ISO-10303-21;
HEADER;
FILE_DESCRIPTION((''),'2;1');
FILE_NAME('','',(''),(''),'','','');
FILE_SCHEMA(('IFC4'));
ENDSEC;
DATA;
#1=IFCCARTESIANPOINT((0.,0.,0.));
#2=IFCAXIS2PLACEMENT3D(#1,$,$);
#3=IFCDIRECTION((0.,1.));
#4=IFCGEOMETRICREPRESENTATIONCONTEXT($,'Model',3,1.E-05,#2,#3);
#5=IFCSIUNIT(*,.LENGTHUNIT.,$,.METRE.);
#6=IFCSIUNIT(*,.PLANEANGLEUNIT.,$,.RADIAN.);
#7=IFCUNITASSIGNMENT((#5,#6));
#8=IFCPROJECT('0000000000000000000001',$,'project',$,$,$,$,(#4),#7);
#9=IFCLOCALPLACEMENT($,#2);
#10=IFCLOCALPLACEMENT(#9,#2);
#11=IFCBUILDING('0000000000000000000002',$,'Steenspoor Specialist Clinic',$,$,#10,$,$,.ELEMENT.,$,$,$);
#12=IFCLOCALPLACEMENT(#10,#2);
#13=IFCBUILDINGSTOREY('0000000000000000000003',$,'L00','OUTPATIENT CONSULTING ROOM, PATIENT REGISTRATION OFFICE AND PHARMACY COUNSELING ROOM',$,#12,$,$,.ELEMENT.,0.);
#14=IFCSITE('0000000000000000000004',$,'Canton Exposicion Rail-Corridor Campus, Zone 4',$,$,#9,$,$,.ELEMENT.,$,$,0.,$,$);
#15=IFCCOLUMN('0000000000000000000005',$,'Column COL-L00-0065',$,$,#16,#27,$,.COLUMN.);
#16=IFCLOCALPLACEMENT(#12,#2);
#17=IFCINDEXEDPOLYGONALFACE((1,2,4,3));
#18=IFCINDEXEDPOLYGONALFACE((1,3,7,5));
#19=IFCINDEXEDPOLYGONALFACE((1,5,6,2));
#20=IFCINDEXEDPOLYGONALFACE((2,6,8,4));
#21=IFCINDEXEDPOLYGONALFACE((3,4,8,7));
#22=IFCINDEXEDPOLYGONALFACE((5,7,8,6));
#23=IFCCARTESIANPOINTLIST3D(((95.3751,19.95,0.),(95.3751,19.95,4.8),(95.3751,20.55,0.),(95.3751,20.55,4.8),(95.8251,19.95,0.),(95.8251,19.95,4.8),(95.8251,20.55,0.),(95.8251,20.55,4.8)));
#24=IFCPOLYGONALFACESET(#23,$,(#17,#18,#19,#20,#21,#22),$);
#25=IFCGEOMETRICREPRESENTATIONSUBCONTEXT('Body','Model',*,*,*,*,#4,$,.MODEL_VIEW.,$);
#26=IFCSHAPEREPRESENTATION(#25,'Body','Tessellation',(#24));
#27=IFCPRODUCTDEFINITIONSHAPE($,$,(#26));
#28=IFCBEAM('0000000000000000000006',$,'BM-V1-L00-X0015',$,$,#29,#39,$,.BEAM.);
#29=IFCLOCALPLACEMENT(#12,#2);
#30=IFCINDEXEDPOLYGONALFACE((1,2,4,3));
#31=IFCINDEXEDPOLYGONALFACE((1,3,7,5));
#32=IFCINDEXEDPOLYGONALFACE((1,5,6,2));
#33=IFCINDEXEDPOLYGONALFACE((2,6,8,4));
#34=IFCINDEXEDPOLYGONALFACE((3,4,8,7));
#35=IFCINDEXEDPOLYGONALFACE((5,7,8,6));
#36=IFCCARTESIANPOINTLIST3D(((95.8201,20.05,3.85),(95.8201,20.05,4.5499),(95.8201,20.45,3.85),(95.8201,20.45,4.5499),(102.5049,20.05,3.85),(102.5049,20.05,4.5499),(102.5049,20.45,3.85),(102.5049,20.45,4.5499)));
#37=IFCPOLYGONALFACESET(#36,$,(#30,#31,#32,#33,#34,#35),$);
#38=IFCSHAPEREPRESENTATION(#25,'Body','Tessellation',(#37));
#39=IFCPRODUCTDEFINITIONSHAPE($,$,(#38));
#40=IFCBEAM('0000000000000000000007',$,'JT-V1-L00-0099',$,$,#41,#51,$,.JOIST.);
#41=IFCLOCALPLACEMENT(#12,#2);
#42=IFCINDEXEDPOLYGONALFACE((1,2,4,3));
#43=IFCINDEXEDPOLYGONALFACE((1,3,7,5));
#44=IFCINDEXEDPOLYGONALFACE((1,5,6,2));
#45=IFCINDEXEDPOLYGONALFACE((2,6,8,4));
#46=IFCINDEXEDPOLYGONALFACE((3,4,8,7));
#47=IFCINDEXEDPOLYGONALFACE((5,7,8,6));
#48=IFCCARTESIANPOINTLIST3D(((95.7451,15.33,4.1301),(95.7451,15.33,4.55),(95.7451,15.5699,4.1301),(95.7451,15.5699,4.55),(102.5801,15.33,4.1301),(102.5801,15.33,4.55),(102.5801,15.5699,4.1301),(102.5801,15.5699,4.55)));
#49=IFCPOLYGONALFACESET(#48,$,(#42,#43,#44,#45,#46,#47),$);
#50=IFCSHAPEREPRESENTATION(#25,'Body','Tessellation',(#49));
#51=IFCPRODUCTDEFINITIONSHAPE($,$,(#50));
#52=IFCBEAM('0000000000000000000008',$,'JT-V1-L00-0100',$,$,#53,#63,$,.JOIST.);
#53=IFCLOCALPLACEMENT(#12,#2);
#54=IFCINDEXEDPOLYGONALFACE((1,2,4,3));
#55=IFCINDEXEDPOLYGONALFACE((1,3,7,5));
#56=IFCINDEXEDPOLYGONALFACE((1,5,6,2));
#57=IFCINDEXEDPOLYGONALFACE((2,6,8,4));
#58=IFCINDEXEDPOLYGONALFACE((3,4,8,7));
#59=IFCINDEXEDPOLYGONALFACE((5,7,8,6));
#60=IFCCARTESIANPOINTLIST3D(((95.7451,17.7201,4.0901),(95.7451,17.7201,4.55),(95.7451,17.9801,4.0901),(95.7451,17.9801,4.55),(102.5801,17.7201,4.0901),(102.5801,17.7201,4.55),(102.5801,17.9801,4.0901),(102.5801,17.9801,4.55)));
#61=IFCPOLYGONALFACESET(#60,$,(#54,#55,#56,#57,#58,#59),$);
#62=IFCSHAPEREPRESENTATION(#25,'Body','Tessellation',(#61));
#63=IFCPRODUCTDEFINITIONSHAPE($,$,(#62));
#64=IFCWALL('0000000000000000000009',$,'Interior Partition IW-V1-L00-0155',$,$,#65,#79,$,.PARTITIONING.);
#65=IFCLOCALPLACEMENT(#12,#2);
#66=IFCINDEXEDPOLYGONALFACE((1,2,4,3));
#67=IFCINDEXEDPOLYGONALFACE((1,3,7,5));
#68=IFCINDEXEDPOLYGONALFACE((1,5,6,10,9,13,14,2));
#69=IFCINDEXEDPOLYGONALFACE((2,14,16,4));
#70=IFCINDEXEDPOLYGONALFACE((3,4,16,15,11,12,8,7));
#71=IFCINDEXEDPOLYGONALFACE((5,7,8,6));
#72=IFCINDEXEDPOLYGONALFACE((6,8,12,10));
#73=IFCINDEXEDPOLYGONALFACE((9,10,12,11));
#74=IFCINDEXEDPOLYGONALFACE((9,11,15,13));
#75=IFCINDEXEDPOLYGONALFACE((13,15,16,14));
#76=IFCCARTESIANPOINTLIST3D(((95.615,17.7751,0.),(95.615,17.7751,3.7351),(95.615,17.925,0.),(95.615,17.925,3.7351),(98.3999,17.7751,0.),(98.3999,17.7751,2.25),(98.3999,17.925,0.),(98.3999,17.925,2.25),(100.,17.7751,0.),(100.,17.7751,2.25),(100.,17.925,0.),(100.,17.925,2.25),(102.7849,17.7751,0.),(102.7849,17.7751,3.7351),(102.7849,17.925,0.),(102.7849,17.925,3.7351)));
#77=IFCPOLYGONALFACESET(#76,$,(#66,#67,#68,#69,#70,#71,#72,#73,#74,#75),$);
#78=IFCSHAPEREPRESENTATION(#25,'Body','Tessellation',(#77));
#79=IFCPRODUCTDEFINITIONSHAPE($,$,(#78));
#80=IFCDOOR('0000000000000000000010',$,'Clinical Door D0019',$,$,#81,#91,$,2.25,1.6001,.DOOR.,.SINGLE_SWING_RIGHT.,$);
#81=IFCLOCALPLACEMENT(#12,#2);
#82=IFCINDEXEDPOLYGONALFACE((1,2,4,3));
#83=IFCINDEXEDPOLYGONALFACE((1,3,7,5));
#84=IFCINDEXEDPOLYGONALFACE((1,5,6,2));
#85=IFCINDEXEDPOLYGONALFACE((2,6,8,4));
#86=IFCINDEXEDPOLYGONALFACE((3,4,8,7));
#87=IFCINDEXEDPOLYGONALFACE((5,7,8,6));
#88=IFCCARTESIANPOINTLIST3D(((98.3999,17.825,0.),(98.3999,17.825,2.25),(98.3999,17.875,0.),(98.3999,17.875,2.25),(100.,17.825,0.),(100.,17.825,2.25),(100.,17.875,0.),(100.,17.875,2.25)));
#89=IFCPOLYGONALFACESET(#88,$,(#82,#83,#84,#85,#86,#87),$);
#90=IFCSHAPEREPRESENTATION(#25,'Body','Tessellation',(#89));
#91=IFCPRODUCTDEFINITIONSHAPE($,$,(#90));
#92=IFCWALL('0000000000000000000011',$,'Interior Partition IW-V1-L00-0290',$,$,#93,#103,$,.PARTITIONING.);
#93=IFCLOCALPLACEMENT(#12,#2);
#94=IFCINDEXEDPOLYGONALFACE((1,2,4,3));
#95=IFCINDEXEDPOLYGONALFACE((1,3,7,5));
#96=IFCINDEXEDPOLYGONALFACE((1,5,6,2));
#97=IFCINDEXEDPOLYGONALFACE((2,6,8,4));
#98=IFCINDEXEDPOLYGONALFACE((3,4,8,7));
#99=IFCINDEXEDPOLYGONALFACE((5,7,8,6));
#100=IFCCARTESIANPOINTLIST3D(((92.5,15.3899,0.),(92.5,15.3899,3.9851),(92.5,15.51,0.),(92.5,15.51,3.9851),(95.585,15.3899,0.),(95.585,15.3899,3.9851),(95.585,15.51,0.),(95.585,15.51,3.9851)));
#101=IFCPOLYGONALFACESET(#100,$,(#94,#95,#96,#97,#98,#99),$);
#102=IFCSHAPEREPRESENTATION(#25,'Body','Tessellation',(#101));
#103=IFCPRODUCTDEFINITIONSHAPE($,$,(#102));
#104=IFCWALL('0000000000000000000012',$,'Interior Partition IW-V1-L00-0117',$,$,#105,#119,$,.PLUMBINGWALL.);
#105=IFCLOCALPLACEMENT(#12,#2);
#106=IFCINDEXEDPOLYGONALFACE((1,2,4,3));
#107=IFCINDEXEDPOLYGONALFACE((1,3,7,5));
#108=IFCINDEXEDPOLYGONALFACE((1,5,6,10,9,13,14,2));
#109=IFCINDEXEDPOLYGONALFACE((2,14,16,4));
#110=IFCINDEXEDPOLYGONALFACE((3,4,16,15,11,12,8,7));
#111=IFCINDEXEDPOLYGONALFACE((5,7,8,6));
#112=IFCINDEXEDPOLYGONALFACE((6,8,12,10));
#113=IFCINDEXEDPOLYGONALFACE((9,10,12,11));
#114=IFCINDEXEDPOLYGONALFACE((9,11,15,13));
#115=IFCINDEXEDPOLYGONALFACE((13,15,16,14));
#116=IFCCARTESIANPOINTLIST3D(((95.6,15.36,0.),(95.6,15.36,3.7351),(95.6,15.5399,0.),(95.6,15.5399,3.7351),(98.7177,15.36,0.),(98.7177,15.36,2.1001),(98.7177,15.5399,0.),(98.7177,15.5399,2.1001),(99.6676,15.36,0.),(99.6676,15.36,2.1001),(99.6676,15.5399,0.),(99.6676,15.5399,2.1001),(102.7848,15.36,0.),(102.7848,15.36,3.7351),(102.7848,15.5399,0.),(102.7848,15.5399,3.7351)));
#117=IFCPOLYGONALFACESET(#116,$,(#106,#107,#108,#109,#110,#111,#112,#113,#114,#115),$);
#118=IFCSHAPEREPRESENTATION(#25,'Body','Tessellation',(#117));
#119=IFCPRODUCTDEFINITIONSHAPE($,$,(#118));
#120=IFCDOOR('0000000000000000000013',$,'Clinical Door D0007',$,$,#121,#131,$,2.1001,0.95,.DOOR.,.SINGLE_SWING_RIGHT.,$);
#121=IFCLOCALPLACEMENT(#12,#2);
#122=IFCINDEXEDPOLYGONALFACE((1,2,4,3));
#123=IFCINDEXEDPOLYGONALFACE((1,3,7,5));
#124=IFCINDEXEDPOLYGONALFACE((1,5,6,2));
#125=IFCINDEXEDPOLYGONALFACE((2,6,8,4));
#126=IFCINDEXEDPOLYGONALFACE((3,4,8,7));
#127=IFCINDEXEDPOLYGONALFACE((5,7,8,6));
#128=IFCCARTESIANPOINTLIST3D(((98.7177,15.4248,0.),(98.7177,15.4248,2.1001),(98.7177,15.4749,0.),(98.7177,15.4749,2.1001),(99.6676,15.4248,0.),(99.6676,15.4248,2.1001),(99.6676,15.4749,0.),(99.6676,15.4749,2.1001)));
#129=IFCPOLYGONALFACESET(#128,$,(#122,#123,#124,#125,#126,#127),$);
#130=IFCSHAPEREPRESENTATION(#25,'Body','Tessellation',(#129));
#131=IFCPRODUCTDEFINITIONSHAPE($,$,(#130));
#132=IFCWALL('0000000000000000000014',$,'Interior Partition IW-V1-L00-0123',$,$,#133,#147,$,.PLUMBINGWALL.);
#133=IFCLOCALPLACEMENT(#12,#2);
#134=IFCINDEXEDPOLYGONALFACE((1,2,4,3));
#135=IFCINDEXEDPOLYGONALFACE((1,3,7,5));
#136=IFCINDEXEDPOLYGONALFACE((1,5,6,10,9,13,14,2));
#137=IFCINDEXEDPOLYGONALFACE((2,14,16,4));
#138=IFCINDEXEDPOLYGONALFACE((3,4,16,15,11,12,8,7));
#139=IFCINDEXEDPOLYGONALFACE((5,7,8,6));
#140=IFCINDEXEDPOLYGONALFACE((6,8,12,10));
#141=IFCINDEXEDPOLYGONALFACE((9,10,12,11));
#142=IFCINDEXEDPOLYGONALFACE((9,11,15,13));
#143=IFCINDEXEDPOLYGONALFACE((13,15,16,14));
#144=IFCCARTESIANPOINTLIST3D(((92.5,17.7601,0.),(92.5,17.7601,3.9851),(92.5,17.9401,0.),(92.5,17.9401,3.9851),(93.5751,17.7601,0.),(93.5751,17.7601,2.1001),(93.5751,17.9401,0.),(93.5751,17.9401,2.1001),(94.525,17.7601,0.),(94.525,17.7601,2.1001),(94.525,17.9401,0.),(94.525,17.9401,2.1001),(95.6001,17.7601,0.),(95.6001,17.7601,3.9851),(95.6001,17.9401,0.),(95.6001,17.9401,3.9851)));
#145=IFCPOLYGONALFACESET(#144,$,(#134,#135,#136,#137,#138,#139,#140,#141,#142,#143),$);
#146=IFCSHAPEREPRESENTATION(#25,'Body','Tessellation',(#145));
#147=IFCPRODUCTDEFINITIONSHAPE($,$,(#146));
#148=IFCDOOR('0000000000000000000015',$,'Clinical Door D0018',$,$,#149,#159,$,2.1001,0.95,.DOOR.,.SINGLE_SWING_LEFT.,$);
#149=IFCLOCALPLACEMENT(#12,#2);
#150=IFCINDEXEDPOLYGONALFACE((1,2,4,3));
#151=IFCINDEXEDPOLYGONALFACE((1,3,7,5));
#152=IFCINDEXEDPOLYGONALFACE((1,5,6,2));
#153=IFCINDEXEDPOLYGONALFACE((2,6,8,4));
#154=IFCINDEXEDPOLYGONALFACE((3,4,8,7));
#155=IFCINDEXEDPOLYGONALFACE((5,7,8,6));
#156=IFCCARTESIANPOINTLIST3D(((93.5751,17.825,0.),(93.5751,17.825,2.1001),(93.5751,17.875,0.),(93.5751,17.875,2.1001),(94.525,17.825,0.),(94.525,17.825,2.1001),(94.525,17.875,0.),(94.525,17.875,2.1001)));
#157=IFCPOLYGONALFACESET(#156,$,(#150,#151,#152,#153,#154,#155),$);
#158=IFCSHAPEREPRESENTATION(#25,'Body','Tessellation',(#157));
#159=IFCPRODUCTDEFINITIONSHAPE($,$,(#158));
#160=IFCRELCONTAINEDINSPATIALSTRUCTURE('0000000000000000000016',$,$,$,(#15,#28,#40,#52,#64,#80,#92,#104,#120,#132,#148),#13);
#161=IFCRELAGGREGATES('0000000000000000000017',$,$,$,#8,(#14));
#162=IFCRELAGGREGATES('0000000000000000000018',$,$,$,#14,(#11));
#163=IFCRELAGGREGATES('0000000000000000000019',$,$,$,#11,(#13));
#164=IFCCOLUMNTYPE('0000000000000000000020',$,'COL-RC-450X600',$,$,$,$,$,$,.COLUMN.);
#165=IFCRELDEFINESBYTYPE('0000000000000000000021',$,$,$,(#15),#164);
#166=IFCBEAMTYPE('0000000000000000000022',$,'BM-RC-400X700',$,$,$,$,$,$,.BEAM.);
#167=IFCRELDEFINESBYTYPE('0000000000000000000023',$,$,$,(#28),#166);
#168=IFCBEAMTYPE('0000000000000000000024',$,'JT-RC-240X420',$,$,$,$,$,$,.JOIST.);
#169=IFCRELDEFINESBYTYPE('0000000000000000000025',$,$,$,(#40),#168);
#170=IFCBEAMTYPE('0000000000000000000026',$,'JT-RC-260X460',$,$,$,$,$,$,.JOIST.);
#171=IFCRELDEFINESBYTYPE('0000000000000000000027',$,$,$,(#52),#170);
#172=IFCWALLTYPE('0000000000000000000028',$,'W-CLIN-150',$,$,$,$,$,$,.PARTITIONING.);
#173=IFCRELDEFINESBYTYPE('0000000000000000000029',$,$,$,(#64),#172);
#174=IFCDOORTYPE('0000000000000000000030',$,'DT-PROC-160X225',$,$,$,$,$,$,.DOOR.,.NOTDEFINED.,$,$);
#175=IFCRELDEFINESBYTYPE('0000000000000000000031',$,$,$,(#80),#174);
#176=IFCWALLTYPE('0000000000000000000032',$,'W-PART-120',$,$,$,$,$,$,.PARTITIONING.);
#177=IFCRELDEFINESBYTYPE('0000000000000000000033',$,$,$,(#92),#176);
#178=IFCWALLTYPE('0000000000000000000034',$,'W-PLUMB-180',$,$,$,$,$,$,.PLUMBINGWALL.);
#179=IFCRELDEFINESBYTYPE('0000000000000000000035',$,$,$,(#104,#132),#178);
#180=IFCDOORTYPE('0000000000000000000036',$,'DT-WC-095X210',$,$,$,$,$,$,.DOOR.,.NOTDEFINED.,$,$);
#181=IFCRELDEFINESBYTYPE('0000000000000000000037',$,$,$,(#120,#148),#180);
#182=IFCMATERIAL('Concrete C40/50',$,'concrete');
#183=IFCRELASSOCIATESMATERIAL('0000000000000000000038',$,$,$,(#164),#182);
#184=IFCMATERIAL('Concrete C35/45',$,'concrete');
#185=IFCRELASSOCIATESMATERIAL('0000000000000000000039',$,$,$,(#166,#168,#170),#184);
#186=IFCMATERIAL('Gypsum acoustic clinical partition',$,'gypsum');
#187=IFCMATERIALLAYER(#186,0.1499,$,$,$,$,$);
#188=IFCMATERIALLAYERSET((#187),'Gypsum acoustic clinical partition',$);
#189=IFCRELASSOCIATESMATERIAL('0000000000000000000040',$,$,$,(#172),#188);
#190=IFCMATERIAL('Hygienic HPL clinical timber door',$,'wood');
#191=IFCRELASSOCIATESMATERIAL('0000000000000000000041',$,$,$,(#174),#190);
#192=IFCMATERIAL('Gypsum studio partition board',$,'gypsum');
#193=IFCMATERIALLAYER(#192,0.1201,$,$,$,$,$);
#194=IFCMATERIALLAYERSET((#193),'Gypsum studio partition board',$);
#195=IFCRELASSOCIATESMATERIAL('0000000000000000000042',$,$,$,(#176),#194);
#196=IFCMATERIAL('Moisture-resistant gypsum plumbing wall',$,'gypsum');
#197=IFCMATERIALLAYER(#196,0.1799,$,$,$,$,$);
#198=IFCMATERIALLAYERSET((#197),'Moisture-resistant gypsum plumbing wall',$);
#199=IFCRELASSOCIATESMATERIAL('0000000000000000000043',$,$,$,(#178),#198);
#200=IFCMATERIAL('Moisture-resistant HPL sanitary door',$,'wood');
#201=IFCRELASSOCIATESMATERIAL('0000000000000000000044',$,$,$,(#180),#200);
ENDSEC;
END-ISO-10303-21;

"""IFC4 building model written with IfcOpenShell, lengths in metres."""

from ifc_helpers import new_model, si_unit, direction, frame, frame_2d, origin, origin_2d, place, context, subcontext, project, spatial, rectangle, extrude, material, layer, layer_set, material_profile, profile_set, type_object, element, fill, save


model = new_model("IFC4")

# Units and contexts
model_context = context("Model", 3, precision=1e-05, world=origin(), true_north=direction((0.0, 1.0)))
body_context = subcontext(model_context, "Body", "Model", "MODEL_VIEW")
ifc_project = project(units=[si_unit("LENGTHUNIT", "METRE"), si_unit("PLANEANGLEUNIT", "RADIAN")], contexts=[model_context])

# Site, building, storey
site_placement = place(None, origin())
site = spatial("IfcSite", under=ifc_project, at=site_placement, Name="Canton Exposicion Rail-Corridor Campus, Zone 4", CompositionType="ELEMENT", RefElevation=0.0)
building_placement = place(site_placement, origin())
building = spatial("IfcBuilding", under=site, at=building_placement, Name="Steenspoor Specialist Clinic", CompositionType="ELEMENT")
storey_placement = place(building_placement, origin())
storey = spatial("IfcBuildingStorey", under=building, at=storey_placement, Name="L00", Description="OUTPATIENT CONSULTING ROOM, PATIENT REGISTRATION OFFICE AND PHARMACY COUNSELING ROOM", CompositionType="ELEMENT", Elevation=0.0)

# Shared definitions
ifc_material_1 = material(Name="Concrete C35/45", Category="concrete")

# Column
ifc_material_2 = material(Name="Concrete C40/50", Category="concrete")
ifc_material_profile_1 = material_profile(ifc_material_2, rectangle(XDim=0.45, YDim=0.6001, at=origin_2d()), Name="RC-COL-450X600")
ifc_profile_set_1 = profile_set([ifc_material_profile_1], Name="Concrete C40/50")
column_type = type_object("IfcColumnType", Name="COL-RC-450X600", PredefinedType="COLUMN", material=ifc_profile_set_1)
column_placement = place(storey_placement, frame((95.6001, 20.25, 0.0), z_axis=(0.0, 0.0, 1.0), x_axis=(1.0, 0.0, 0.0)))
element("IfcColumn", 1, at=column_placement, inside=storey, type_object=column_type, Name="Column COL-L00-0065", PredefinedType="COLUMN", context=body_context, shape_type="SweptSolid", body=[
    extrude(rectangle(XDim=0.45, YDim=0.6001, at=origin_2d()), origin(), (0.0, 0.0, 1.0), 4.8),
])

# Beams
ifc_material_profile_2 = material_profile(ifc_material_1, rectangle(XDim=0.3999, YDim=0.7, at=origin_2d()), Name="RC-BM-400X700")
ifc_profile_set_2 = profile_set([ifc_material_profile_2], Name="Concrete C35/45")
beam_type_1 = type_object("IfcBeamType", Name="BM-RC-400X700", PredefinedType="BEAM", material=ifc_profile_set_2)
beam_1_placement = place(storey_placement, frame((95.8201, 20.25, 4.2), z_axis=(1.0, 0.0, 0.0), x_axis=(0.0, 1.0, 0.0)))
element("IfcBeam", 2, at=beam_1_placement, inside=storey, type_object=beam_type_1, Name="BM-V1-L00-X0015", PredefinedType="BEAM", context=body_context, shape_type="SweptSolid", body=[
    extrude(rectangle(XDim=0.3999, YDim=0.7, at=origin_2d()), origin(), (0.0, 0.0, 1.0), 6.6848),
])
ifc_material_profile_3 = material_profile(ifc_material_1, rectangle(XDim=0.24, YDim=0.4199, at=origin_2d()), Name="RC-JT-240X420")
ifc_profile_set_3 = profile_set([ifc_material_profile_3], Name="Concrete C35/45")
beam_type_2 = type_object("IfcBeamType", Name="JT-RC-240X420", PredefinedType="JOIST", material=ifc_profile_set_3)
beam_2_placement = place(storey_placement, frame((95.7451, 15.45, 4.3401), z_axis=(1.0, 0.0, 0.0), x_axis=(0.0, 1.0, 0.0)))
element("IfcBeam", 3, at=beam_2_placement, inside=storey, type_object=beam_type_2, Name="JT-V1-L00-0099", PredefinedType="JOIST", context=body_context, shape_type="SweptSolid", body=[
    extrude(rectangle(XDim=0.24, YDim=0.4199, at=origin_2d()), origin(), (0.0, 0.0, 1.0), 6.835),
])
ifc_material_profile_4 = material_profile(ifc_material_1, rectangle(XDim=0.26, YDim=0.46, at=origin_2d()), Name="RC-JT-260X460")
ifc_profile_set_4 = profile_set([ifc_material_profile_4], Name="Concrete C35/45")
beam_type_3 = type_object("IfcBeamType", Name="JT-RC-260X460", PredefinedType="JOIST", material=ifc_profile_set_4)
beam_3_placement = place(storey_placement, frame((95.7451, 17.8501, 4.3201), z_axis=(1.0, 0.0, 0.0), x_axis=(0.0, 1.0, 0.0)))
element("IfcBeam", 4, at=beam_3_placement, inside=storey, type_object=beam_type_3, Name="JT-V1-L00-0100", PredefinedType="JOIST", context=body_context, shape_type="SweptSolid", body=[
    extrude(rectangle(XDim=0.26, YDim=0.46, at=origin_2d()), origin(), (0.0, 0.0, 1.0), 6.835),
])

# Wall, opening, door
ifc_material_3 = material(Name="Gypsum acoustic clinical partition", Category="gypsum")
ifc_layer_1 = layer(ifc_material_3, 0.1499)
ifc_layer_set_1 = layer_set([ifc_layer_1], Name="Gypsum acoustic clinical partition")
wall_type_1 = type_object("IfcWallType", Name="W-CLIN-150", PredefinedType="PARTITIONING", material=ifc_layer_set_1)
wall_1_placement = place(storey_placement, frame((95.615, 17.8501, 0.0), z_axis=(0.0, 0.0, 1.0), x_axis=(1.0, 0.0, 0.0)))
wall_1 = element("IfcWall", 5, at=wall_1_placement, inside=storey, type_object=wall_type_1, Name="Interior Partition IW-V1-L00-0155", PredefinedType="PARTITIONING", context=body_context, shape_type="SweptSolid", body=[
    extrude(rectangle(XDim=7.1699, YDim=0.1499, at=frame_2d((3.585, 0.0))), origin(), (0.0, 0.0, 1.0), 3.7351),
])
opening_1_placement = place(wall_1_placement, frame((2.7849, 0.0, 0.0)))
opening_1 = element("IfcOpeningElement", 6, at=opening_1_placement, cuts=wall_1, PredefinedType="OPENING", context=body_context, shape_type="SweptSolid", body=[
    extrude(rectangle(XDim=1.6001, YDim=2.25, at=frame_2d((0.8, 1.125))), frame((0.0, 0.085, 0.0), z_axis=(0.0, -1.0, 0.0), x_axis=(1.0, 0.0, 0.0)), (0.0, 0.0, 1.0), 0.1699),
])
ifc_material_4 = material(Name="Hygienic HPL clinical timber door", Category="wood")
door_type_1 = type_object("IfcDoorType", Name="DT-PROC-160X225", OperationType="NOTDEFINED", PredefinedType="DOOR", material=ifc_material_4)
door_1_placement = place(opening_1_placement, origin())
door_1 = element("IfcDoor", 7, at=door_1_placement, inside=storey, type_object=door_type_1, Name="Clinical Door D0019", OperationType="SINGLE_SWING_RIGHT", OverallHeight=2.25, OverallWidth=1.6001, PredefinedType="DOOR", context=body_context, shape_type="SweptSolid", body=[
    extrude(rectangle(XDim=1.6001, YDim=2.25, at=frame_2d((0.8, 1.125))), frame((0.0, 0.0249, 0.0), z_axis=(0.0, -1.0, 0.0), x_axis=(1.0, 0.0, 0.0)), (0.0, 0.0, 1.0), 0.05),
])
fill(opening_1, door_1)

# Wall
ifc_material_5 = material(Name="Gypsum studio partition board", Category="gypsum")
ifc_layer_2 = layer(ifc_material_5, 0.1201)
ifc_layer_set_2 = layer_set([ifc_layer_2], Name="Gypsum studio partition board")
wall_type_2 = type_object("IfcWallType", Name="W-PART-120", PredefinedType="PARTITIONING", material=ifc_layer_set_2)
wall_2_placement = place(storey_placement, frame((92.5, 15.45, 0.0), z_axis=(0.0, 0.0, 1.0), x_axis=(1.0, 0.0, 0.0)))
element("IfcWall", 8, at=wall_2_placement, inside=storey, type_object=wall_type_2, Name="Interior Partition IW-V1-L00-0290", PredefinedType="PARTITIONING", context=body_context, shape_type="SweptSolid", body=[
    extrude(rectangle(XDim=3.085, YDim=0.1201, at=frame_2d((1.5425, 0.0))), origin(), (0.0, 0.0, 1.0), 3.9851),
])

# Walls, openings, doors
ifc_material_6 = material(Name="Moisture-resistant gypsum plumbing wall", Category="gypsum")
ifc_layer_3 = layer(ifc_material_6, 0.1799)
ifc_layer_set_3 = layer_set([ifc_layer_3], Name="Moisture-resistant gypsum plumbing wall")
wall_type_3 = type_object("IfcWallType", Name="W-PLUMB-180", PredefinedType="PLUMBINGWALL", material=ifc_layer_set_3)
wall_3_placement = place(storey_placement, frame((95.6001, 15.45, 0.0), z_axis=(0.0, 0.0, 1.0), x_axis=(1.0, 0.0, 0.0)))
wall_3 = element("IfcWall", 9, at=wall_3_placement, inside=storey, type_object=wall_type_3, Name="Interior Partition IW-V1-L00-0117", PredefinedType="PLUMBINGWALL", context=body_context, shape_type="SweptSolid", body=[
    extrude(rectangle(XDim=7.1848, YDim=0.1799, at=frame_2d((3.5923, 0.0))), origin(), (0.0, 0.0, 1.0), 3.7351),
])
opening_2_placement = place(wall_3_placement, frame((3.1174, 0.0, 0.0)))
opening_2 = element("IfcOpeningElement", 10, at=opening_2_placement, cuts=wall_3, PredefinedType="OPENING", context=body_context, shape_type="SweptSolid", body=[
    extrude(rectangle(XDim=0.95, YDim=2.1001, at=frame_2d((0.4751, 1.05))), frame((0.0, 0.1001, 0.0), z_axis=(0.0, -1.0, 0.0), x_axis=(1.0, 0.0, 0.0)), (0.0, 0.0, 1.0), 0.2),
])
ifc_material_7 = material(Name="Moisture-resistant HPL sanitary door", Category="wood")
door_type_2 = type_object("IfcDoorType", Name="DT-WC-095X210", OperationType="NOTDEFINED", PredefinedType="DOOR", material=ifc_material_7)
door_2_placement = place(opening_2_placement, origin())
door_2 = element("IfcDoor", 11, at=door_2_placement, inside=storey, type_object=door_type_2, Name="Clinical Door D0007", OperationType="SINGLE_SWING_RIGHT", OverallHeight=2.1001, OverallWidth=0.95, PredefinedType="DOOR", context=body_context, shape_type="SweptSolid", body=[
    extrude(rectangle(XDim=0.95, YDim=2.1001, at=frame_2d((0.4751, 1.05))), frame((0.0, 0.0249, 0.0), z_axis=(0.0, -1.0, 0.0), x_axis=(1.0, 0.0, 0.0)), (0.0, 0.0, 1.0), 0.05),
])
fill(opening_2, door_2)
wall_4_placement = place(storey_placement, frame((92.5, 17.8501, 0.0), z_axis=(0.0, 0.0, 1.0), x_axis=(1.0, 0.0, 0.0)))
wall_4 = element("IfcWall", 12, at=wall_4_placement, inside=storey, type_object=wall_type_3, Name="Interior Partition IW-V1-L00-0123", PredefinedType="PLUMBINGWALL", context=body_context, shape_type="SweptSolid", body=[
    extrude(rectangle(XDim=3.1001, YDim=0.1799, at=frame_2d((1.55, 0.0))), origin(), (0.0, 0.0, 1.0), 3.9851),
])
opening_3_placement = place(wall_4_placement, frame((1.075, 0.0, 0.0)))
opening_3 = element("IfcOpeningElement", 13, at=opening_3_placement, cuts=wall_4, PredefinedType="OPENING", context=body_context, shape_type="SweptSolid", body=[
    extrude(rectangle(XDim=0.95, YDim=2.1001, at=frame_2d((0.4751, 1.05))), frame((0.0, 0.1001, 0.0), z_axis=(0.0, -1.0, 0.0), x_axis=(1.0, 0.0, 0.0)), (0.0, 0.0, 1.0), 0.2),
])
door_3_placement = place(opening_3_placement, origin())
door_3 = element("IfcDoor", 14, at=door_3_placement, inside=storey, type_object=door_type_2, Name="Clinical Door D0018", OperationType="SINGLE_SWING_LEFT", OverallHeight=2.1001, OverallWidth=0.95, PredefinedType="DOOR", context=body_context, shape_type="SweptSolid", body=[
    extrude(rectangle(XDim=0.95, YDim=2.1001, at=frame_2d((0.4751, 1.05))), frame((0.0, 0.0249, 0.0), z_axis=(0.0, -1.0, 0.0), x_axis=(1.0, 0.0, 0.0)), (0.0, 0.0, 1.0), 0.05),
])
fill(opening_3, door_3)

save(model, "model.ifc")
